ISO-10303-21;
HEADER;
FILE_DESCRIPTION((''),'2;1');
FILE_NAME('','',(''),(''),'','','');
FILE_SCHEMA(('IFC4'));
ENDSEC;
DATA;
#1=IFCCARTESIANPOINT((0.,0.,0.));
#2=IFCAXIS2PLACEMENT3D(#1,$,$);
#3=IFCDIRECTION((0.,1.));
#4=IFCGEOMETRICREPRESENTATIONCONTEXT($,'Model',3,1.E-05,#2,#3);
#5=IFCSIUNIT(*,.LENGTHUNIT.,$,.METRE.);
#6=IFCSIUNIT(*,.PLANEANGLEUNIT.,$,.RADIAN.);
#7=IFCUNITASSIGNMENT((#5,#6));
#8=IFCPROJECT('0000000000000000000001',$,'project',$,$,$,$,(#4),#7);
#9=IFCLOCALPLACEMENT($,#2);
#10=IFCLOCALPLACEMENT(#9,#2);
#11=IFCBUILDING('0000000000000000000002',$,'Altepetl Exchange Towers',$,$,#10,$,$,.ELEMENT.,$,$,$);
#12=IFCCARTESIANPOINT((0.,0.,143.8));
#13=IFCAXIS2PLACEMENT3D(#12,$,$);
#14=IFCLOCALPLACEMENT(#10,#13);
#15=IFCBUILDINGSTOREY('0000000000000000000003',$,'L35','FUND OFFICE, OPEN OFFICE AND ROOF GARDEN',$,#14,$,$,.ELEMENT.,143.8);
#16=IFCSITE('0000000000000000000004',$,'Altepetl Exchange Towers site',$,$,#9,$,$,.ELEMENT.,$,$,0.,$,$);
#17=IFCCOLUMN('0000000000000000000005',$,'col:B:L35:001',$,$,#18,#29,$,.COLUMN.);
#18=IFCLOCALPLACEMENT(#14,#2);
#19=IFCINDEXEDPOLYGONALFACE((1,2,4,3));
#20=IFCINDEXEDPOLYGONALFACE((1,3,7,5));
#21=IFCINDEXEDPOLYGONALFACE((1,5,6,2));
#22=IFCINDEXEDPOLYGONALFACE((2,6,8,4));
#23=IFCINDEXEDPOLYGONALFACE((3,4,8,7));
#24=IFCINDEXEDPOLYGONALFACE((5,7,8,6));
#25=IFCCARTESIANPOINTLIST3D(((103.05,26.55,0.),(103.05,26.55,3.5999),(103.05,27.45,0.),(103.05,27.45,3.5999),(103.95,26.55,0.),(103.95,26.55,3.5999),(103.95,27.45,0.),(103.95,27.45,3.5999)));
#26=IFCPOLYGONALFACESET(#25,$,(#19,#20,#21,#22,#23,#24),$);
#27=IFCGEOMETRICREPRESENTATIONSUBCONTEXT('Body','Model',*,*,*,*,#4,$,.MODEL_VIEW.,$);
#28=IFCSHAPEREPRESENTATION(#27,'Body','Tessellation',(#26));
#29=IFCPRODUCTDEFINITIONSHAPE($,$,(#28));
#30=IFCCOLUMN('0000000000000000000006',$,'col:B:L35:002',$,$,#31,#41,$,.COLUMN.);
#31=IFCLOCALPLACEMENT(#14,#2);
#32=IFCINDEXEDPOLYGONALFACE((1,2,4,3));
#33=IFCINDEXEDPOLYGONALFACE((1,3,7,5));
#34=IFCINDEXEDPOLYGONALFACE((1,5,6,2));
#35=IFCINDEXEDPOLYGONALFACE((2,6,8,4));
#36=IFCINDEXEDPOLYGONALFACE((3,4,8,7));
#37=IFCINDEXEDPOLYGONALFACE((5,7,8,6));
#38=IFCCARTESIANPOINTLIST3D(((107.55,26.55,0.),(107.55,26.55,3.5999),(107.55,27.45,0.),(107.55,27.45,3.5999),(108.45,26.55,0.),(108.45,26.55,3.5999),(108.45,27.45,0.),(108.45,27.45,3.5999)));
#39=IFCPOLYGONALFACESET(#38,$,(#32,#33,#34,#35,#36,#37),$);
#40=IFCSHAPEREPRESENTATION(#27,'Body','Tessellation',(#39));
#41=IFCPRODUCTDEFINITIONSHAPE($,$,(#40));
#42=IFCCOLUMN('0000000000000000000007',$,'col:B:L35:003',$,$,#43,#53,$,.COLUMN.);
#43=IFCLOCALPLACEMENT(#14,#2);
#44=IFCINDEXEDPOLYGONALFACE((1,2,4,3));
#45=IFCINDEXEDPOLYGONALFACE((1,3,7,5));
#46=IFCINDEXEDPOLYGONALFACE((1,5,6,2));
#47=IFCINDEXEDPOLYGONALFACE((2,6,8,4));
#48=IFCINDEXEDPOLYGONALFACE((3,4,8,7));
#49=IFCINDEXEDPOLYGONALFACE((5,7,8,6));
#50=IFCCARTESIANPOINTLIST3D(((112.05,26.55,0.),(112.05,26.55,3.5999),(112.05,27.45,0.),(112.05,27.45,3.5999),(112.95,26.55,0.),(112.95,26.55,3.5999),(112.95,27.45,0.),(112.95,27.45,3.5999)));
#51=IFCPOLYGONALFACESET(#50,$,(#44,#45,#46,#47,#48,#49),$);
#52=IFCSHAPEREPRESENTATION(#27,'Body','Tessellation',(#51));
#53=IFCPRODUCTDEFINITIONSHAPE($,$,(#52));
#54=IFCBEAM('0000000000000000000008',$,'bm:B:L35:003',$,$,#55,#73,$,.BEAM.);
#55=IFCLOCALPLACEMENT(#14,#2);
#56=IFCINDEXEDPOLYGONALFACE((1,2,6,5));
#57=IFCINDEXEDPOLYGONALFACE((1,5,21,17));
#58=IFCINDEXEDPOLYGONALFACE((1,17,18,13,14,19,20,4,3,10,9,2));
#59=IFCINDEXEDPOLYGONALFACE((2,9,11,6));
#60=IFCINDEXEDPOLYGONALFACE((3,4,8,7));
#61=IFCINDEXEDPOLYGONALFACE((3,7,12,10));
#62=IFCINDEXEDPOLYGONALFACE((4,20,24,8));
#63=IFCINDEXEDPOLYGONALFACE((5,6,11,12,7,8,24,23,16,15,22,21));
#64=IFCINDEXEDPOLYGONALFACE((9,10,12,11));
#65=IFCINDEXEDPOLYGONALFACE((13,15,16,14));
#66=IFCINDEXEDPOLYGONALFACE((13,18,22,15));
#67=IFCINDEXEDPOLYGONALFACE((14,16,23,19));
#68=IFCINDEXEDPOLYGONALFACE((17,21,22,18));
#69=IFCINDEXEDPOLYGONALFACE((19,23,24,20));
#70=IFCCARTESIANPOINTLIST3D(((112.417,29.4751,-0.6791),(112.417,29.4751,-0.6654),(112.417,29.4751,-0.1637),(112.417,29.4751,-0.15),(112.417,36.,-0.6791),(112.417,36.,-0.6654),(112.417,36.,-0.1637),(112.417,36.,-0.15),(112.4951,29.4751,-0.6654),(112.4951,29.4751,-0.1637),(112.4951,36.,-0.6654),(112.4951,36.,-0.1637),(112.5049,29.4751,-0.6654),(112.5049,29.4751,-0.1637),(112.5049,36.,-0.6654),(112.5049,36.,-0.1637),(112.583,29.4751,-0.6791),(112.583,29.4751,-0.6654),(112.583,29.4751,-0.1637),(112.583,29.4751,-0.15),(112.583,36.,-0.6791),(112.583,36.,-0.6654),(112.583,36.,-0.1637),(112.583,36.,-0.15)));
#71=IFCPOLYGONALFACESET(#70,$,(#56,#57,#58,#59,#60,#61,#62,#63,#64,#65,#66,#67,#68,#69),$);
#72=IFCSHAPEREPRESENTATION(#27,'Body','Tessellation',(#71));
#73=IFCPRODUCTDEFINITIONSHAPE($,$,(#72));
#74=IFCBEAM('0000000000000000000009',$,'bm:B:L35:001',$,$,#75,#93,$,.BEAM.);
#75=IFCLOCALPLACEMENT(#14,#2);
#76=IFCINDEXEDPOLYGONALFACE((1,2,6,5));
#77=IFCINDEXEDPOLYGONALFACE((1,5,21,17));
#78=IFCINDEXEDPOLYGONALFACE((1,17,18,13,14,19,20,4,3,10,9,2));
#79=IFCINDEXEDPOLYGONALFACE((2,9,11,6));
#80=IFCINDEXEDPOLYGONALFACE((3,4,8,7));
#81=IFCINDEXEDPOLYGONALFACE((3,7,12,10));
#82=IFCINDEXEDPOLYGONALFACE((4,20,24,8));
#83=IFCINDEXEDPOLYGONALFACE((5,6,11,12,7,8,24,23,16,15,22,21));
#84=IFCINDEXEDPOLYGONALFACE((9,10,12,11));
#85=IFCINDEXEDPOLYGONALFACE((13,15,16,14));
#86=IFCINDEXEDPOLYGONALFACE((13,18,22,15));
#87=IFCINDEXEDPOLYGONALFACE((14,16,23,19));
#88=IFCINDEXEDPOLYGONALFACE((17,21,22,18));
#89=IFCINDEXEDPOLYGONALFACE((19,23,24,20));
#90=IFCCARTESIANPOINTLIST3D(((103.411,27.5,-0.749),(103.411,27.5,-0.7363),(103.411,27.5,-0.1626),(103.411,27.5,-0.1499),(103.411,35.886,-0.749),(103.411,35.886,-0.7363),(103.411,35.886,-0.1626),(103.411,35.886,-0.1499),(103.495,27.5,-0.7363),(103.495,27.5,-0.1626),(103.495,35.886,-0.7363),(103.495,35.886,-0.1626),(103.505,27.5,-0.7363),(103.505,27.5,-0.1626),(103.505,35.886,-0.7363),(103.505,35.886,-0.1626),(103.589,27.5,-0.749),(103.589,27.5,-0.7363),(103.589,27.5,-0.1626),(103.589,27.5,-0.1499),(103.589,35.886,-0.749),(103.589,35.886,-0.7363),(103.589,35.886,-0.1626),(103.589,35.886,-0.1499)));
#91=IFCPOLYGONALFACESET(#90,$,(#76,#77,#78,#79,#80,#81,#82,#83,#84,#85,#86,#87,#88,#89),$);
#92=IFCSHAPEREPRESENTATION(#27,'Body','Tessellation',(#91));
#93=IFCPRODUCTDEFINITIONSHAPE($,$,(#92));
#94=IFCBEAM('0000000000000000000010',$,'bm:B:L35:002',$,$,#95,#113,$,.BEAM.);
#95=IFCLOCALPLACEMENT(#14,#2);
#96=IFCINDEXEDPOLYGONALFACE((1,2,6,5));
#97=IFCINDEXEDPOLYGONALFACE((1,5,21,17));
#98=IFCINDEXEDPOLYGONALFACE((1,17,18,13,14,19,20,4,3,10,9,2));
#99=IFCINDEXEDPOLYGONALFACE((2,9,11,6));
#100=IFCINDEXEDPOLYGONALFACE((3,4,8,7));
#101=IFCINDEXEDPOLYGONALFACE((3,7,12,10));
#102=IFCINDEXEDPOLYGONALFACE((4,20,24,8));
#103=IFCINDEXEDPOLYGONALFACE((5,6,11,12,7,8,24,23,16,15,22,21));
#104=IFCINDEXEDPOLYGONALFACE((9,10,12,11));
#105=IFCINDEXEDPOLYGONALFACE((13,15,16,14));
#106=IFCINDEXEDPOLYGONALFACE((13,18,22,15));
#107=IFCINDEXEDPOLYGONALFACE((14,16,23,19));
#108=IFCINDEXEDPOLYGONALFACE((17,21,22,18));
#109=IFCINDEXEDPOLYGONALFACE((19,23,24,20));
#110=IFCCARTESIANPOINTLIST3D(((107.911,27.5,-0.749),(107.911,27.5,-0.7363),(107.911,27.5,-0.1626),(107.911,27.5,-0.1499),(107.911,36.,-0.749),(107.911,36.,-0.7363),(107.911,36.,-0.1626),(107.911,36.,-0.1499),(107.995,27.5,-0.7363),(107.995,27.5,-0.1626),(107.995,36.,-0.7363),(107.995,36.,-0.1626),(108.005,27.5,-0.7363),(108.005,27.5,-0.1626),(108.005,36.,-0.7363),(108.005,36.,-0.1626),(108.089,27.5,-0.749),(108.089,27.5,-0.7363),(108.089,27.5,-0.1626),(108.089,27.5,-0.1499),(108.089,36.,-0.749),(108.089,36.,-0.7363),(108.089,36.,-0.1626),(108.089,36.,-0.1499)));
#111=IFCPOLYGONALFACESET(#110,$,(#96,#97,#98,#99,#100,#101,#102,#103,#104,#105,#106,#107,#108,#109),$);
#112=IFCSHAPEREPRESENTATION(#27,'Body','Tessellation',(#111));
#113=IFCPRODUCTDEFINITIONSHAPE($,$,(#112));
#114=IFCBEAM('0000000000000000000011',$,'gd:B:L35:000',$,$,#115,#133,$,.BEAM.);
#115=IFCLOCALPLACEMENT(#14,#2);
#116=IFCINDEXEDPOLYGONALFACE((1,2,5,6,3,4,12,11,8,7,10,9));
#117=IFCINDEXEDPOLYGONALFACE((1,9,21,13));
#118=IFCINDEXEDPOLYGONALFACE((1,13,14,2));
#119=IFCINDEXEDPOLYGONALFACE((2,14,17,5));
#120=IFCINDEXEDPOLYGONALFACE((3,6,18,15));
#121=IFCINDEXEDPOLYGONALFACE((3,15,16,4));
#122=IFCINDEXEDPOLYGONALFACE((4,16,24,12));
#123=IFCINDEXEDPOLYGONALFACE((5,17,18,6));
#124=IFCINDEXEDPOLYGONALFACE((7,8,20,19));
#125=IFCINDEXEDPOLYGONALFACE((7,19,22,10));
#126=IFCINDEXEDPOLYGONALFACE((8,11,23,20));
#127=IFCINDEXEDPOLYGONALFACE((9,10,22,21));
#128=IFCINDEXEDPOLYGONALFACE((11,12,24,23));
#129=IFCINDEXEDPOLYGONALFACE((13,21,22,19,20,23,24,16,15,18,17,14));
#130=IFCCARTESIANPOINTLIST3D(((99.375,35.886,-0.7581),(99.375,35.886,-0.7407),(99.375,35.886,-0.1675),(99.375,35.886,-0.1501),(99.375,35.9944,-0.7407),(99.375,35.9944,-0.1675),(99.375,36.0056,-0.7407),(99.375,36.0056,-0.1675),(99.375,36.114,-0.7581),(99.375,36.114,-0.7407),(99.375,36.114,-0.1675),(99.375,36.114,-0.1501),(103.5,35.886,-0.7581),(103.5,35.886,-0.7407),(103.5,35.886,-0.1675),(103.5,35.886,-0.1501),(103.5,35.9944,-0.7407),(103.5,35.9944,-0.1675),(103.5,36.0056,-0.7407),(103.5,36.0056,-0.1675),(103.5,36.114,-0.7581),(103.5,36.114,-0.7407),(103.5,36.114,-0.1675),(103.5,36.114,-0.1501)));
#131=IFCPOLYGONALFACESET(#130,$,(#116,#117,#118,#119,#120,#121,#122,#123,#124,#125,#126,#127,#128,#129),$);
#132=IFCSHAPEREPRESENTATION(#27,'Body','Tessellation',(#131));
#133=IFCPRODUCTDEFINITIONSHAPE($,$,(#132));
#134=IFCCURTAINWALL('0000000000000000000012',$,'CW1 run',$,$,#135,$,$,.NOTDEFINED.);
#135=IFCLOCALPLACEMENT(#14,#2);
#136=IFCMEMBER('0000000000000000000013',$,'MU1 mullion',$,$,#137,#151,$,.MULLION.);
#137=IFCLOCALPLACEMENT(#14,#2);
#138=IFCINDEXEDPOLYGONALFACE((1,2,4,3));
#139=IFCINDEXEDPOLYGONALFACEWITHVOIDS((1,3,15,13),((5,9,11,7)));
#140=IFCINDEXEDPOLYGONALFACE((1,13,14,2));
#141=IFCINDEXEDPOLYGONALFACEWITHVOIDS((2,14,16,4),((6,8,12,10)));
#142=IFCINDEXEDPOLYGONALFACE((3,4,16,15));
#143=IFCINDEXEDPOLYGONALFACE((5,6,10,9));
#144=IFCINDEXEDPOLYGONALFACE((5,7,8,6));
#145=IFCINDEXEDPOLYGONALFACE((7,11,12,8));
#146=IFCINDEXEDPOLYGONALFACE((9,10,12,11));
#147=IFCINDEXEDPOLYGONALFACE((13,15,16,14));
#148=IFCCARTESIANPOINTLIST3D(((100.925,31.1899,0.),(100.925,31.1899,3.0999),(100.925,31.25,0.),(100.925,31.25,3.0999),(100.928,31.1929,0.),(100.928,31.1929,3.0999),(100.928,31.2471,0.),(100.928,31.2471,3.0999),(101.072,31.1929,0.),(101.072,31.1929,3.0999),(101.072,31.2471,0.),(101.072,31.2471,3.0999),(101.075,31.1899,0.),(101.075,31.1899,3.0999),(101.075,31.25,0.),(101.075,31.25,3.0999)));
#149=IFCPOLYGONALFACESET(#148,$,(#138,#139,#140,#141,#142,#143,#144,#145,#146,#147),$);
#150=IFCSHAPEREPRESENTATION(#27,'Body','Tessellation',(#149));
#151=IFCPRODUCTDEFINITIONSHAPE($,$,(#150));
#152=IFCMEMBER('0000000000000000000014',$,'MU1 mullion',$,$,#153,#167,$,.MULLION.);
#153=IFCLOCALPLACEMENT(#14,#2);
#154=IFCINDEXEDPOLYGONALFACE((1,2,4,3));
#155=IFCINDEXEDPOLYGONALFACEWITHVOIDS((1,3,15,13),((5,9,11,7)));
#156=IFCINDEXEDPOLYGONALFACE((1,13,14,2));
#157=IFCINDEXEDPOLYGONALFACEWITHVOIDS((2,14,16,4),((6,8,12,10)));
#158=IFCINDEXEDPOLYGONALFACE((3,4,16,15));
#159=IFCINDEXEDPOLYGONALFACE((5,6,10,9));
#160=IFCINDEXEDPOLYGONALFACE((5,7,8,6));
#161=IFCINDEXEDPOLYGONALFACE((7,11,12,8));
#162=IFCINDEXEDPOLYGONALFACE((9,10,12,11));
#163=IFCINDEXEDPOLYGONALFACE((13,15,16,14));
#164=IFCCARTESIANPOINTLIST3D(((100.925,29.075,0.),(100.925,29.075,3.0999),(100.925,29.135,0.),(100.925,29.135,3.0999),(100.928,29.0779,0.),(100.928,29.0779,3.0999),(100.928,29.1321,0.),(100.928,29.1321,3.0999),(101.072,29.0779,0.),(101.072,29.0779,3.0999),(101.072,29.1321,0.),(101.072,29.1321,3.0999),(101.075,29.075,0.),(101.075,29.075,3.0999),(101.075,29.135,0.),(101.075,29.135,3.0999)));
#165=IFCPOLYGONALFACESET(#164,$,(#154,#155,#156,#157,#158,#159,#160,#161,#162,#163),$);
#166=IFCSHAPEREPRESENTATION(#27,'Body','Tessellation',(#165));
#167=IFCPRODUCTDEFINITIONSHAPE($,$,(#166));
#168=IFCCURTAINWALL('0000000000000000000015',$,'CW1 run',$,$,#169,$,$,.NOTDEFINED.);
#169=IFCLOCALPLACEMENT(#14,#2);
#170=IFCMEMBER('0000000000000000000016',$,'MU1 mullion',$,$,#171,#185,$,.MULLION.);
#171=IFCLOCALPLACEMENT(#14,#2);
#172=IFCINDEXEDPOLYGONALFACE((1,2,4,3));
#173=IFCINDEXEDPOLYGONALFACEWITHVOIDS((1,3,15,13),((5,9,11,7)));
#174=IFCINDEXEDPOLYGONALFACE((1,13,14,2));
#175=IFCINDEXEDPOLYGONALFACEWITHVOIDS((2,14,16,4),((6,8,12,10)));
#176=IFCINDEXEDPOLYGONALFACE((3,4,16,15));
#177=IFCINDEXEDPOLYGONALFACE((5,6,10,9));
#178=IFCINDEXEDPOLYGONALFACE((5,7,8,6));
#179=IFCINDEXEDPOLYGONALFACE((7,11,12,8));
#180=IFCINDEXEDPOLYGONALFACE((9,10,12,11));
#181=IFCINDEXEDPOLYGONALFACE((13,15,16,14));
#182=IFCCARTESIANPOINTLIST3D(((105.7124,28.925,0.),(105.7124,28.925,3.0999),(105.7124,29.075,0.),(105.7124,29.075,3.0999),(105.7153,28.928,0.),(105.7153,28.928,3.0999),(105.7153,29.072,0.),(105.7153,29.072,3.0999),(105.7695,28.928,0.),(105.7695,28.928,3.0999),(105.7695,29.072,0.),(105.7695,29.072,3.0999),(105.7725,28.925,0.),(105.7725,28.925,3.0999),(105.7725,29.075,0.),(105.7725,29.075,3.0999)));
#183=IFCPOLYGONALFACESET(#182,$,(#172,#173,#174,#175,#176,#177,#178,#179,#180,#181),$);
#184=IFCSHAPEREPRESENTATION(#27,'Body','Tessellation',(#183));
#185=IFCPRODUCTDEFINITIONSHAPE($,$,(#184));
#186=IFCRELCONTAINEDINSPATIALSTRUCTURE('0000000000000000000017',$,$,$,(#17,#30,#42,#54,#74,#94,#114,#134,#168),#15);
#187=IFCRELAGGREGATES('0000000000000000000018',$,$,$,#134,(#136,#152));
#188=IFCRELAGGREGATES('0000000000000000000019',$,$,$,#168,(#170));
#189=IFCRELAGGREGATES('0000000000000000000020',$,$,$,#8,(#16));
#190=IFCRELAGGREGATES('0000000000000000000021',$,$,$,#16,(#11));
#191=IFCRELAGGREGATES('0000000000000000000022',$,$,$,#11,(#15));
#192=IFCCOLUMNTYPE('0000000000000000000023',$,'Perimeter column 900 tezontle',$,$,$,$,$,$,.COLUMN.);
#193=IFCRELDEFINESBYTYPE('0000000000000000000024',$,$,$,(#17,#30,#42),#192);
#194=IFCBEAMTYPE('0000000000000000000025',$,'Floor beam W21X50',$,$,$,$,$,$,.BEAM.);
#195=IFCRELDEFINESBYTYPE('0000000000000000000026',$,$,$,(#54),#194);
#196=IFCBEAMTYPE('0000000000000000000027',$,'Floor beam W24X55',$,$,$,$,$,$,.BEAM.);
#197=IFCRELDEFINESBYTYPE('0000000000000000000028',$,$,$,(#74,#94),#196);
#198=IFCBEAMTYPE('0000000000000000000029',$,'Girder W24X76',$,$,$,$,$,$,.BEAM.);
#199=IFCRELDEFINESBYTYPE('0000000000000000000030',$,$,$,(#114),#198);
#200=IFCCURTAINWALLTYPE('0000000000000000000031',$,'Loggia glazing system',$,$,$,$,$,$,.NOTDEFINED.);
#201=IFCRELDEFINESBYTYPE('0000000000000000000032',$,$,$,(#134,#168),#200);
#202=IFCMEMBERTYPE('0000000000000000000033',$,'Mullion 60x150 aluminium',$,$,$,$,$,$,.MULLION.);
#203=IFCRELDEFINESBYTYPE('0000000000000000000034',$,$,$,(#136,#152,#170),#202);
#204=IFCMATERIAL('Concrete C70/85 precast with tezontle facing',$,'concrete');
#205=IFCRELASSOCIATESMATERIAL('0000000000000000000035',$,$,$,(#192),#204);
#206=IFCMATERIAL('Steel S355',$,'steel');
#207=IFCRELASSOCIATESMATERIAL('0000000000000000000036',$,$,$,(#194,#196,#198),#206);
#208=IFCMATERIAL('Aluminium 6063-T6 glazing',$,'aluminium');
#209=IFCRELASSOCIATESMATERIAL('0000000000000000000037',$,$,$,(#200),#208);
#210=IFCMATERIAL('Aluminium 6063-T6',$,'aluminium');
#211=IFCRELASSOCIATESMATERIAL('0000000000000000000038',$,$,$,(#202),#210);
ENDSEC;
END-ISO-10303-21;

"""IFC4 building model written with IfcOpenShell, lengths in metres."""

from ifc_helpers import new_model, si_unit, direction, frame, origin, origin_2d, place, context, subcontext, project, spatial, rectangle, hollow_rectangle, i_section, extrude, material, material_profile, profile_set, type_object, element, aggregate, save


model = new_model("IFC4")

# Units and contexts
model_context = context("Model", 3, precision=1e-05, world=origin(), true_north=direction((0.0, 1.0)))
body_context = subcontext(model_context, "Body", "Model", "MODEL_VIEW")
ifc_project = project(units=[si_unit("LENGTHUNIT", "METRE"), si_unit("PLANEANGLEUNIT", "RADIAN")], contexts=[model_context])

# Site, building, storey
site_placement = place(None, origin())
site = spatial("IfcSite", under=ifc_project, at=site_placement, Name="Altepetl Exchange Towers site", CompositionType="ELEMENT", RefElevation=0.0)
building_placement = place(site_placement, origin())
building = spatial("IfcBuilding", under=site, at=building_placement, Name="Altepetl Exchange Towers", CompositionType="ELEMENT")
storey_placement = place(building_placement, frame((0.0, 0.0, 143.8)))
storey = spatial("IfcBuildingStorey", under=building, at=storey_placement, Name="L35", Description="FUND OFFICE, OPEN OFFICE AND ROOF GARDEN", CompositionType="ELEMENT", Elevation=143.8)

# Columns
ifc_material_1 = material(Name="Concrete C70/85 precast with tezontle facing", Category="concrete")
ifc_material_profile_1 = material_profile(ifc_material_1, rectangle(XDim=0.8999, YDim=0.8999, at=origin_2d()), Name="900 x 900")
ifc_profile_set_1 = profile_set([ifc_material_profile_1], Name="Concrete C70/85 precast with tezontle facing")
column_type = type_object("IfcColumnType", Name="Perimeter column 900 tezontle", PredefinedType="COLUMN", material=ifc_profile_set_1)
for number, where, name in (
    (1, (103.5, 27.0, 0.0), "col:B:L35:001"),
    (2, (108.0, 27.0, 0.0), "col:B:L35:002"),
    (3, (112.5, 27.0, 0.0), "col:B:L35:003"),
):
    element("IfcColumn", number, at=place(storey_placement, frame(where)), inside=storey, type_object=column_type, Name=name, PredefinedType="COLUMN", context=body_context, shape_type="SweptSolid", body=[
        extrude(rectangle(XDim=0.8999, YDim=0.8999, at=origin_2d()), origin(), (0.0, 0.0, 1.0), 3.5999),
    ])

# Beams
ifc_material_2 = material(Name="Steel S355", Category="steel")
ifc_material_profile_2 = material_profile(ifc_material_2, i_section(OverallWidth=0.166, OverallDepth=0.5291, WebThickness=0.0098, FlangeThickness=0.0137, at=origin_2d()), Name="W21X50")
ifc_profile_set_2 = profile_set([ifc_material_profile_2], Name="Steel S355")
beam_type_1 = type_object("IfcBeamType", Name="Floor beam W21X50", PredefinedType="BEAM", material=ifc_profile_set_2)
beam_1_placement = place(storey_placement, frame((112.5, 29.4751, -0.4146), z_axis=(0.0, 1.0, 0.0), x_axis=(-1.0, 0.0, 0.0)))
element("IfcBeam", 4, at=beam_1_placement, inside=storey, type_object=beam_type_1, Name="bm:B:L35:003", PredefinedType="BEAM", context=body_context, shape_type="SweptSolid", body=[
    extrude(i_section(OverallWidth=0.166, OverallDepth=0.5291, WebThickness=0.0098, FlangeThickness=0.0137, at=origin_2d()), origin(), (0.0, 0.0, 1.0), 6.5249),
])
ifc_material_profile_3 = material_profile(ifc_material_2, i_section(OverallWidth=0.178, OverallDepth=0.5991, WebThickness=0.01, FlangeThickness=0.0127, at=origin_2d()), Name="W24X55")
ifc_profile_set_3 = profile_set([ifc_material_profile_3], Name="Steel S355")
beam_type_2 = type_object("IfcBeamType", Name="Floor beam W24X55", PredefinedType="BEAM", material=ifc_profile_set_3)
beam_2_placement = place(storey_placement, frame((103.5, 27.5, -0.4495), z_axis=(0.0, 1.0, 0.0), x_axis=(-1.0, 0.0, 0.0)))
element("IfcBeam", 5, at=beam_2_placement, inside=storey, type_object=beam_type_2, Name="bm:B:L35:001", PredefinedType="BEAM", context=body_context, shape_type="SweptSolid", body=[
    extrude(i_section(OverallWidth=0.178, OverallDepth=0.5991, WebThickness=0.01, FlangeThickness=0.0127, at=origin_2d()), origin(), (0.0, 0.0, 1.0), 8.386),
])
beam_3_placement = place(storey_placement, frame((108.0, 27.5, -0.4495), z_axis=(0.0, 1.0, 0.0), x_axis=(-1.0, 0.0, 0.0)))
element("IfcBeam", 6, at=beam_3_placement, inside=storey, type_object=beam_type_2, Name="bm:B:L35:002", PredefinedType="BEAM", context=body_context, shape_type="SweptSolid", body=[
    extrude(i_section(OverallWidth=0.178, OverallDepth=0.5991, WebThickness=0.01, FlangeThickness=0.0127, at=origin_2d()), origin(), (0.0, 0.0, 1.0), 8.5),
])
ifc_material_profile_4 = material_profile(ifc_material_2, i_section(OverallWidth=0.228, OverallDepth=0.6079, WebThickness=0.0112, FlangeThickness=0.0173, at=origin_2d()), Name="W24X76")
ifc_profile_set_4 = profile_set([ifc_material_profile_4], Name="Steel S355")
beam_type_3 = type_object("IfcBeamType", Name="Girder W24X76", PredefinedType="BEAM", material=ifc_profile_set_4)
beam_4_placement = place(storey_placement, frame((103.5, 36.0, -0.4541), z_axis=(-1.0, 0.0, 0.0), x_axis=(0.0, -1.0, 0.0)))
element("IfcBeam", 7, at=beam_4_placement, inside=storey, type_object=beam_type_3, Name="gd:B:L35:000", PredefinedType="BEAM", context=body_context, shape_type="SweptSolid", body=[
    extrude(i_section(OverallWidth=0.228, OverallDepth=0.6079, WebThickness=0.0112, FlangeThickness=0.0173, at=origin_2d()), origin(), (0.0, 0.0, 1.0), 4.125),
])

# Curtain walls, members
ifc_material_3 = material(Name="Aluminium 6063-T6 glazing", Category="aluminium")
curtain_wall_type = type_object("IfcCurtainWallType", Name="Loggia glazing system", PredefinedType="NOTDEFINED", material=ifc_material_3)
curtain_wall_1_placement = place(storey_placement, origin())
curtain_wall_1 = element("IfcCurtainWall", 8, at=curtain_wall_1_placement, inside=storey, type_object=curtain_wall_type, Name="CW1 run", PredefinedType="NOTDEFINED")
ifc_material_4 = material(Name="Aluminium 6063-T6", Category="aluminium")
ifc_material_profile_5 = material_profile(ifc_material_4, hollow_rectangle(XDim=0.0601, YDim=0.1499, WallThickness=0.0029, at=origin_2d()), Name="Mullion 60x150 aluminium")
ifc_profile_set_5 = profile_set([ifc_material_profile_5], Name="Aluminium 6063-T6")
member_type = type_object("IfcMemberType", Name="Mullion 60x150 aluminium", PredefinedType="MULLION", material=ifc_profile_set_5)
member_1_placement = place(storey_placement, frame((101.0, 31.22, 0.0), z_axis=(0.0, 0.0, 1.0), x_axis=(0.0, -1.0, 0.0)))
member_1 = element("IfcMember", 9, at=member_1_placement, type_object=member_type, Name="MU1 mullion", PredefinedType="MULLION", context=body_context, shape_type="SweptSolid", body=[
    extrude(hollow_rectangle(XDim=0.0601, YDim=0.1499, WallThickness=0.0029, at=origin_2d()), origin(), (0.0, 0.0, 1.0), 3.0999),
])
member_2_placement = place(storey_placement, frame((101.0, 29.105, 0.0), z_axis=(0.0, 0.0, 1.0), x_axis=(0.0, -1.0, 0.0)))
member_2 = element("IfcMember", 10, at=member_2_placement, type_object=member_type, Name="MU1 mullion", PredefinedType="MULLION", context=body_context, shape_type="SweptSolid", body=[
    extrude(hollow_rectangle(XDim=0.0601, YDim=0.1499, WallThickness=0.0029, at=origin_2d()), origin(), (0.0, 0.0, 1.0), 3.0999),
])
curtain_wall_2_placement = place(storey_placement, origin())
curtain_wall_2 = element("IfcCurtainWall", 11, at=curtain_wall_2_placement, inside=storey, type_object=curtain_wall_type, Name="CW1 run", PredefinedType="NOTDEFINED")
member_3_placement = place(storey_placement, frame((105.7424, 29.0, 0.0)))
member_3 = element("IfcMember", 12, at=member_3_placement, type_object=member_type, Name="MU1 mullion", PredefinedType="MULLION", context=body_context, shape_type="SweptSolid", body=[
    extrude(hollow_rectangle(XDim=0.0601, YDim=0.1499, WallThickness=0.0029, at=origin_2d()), origin(), (0.0, 0.0, 1.0), 3.0999),
])

aggregate(curtain_wall_1, [member_1, member_2])
aggregate(curtain_wall_2, [member_3])

save(model, "model.ifc")
